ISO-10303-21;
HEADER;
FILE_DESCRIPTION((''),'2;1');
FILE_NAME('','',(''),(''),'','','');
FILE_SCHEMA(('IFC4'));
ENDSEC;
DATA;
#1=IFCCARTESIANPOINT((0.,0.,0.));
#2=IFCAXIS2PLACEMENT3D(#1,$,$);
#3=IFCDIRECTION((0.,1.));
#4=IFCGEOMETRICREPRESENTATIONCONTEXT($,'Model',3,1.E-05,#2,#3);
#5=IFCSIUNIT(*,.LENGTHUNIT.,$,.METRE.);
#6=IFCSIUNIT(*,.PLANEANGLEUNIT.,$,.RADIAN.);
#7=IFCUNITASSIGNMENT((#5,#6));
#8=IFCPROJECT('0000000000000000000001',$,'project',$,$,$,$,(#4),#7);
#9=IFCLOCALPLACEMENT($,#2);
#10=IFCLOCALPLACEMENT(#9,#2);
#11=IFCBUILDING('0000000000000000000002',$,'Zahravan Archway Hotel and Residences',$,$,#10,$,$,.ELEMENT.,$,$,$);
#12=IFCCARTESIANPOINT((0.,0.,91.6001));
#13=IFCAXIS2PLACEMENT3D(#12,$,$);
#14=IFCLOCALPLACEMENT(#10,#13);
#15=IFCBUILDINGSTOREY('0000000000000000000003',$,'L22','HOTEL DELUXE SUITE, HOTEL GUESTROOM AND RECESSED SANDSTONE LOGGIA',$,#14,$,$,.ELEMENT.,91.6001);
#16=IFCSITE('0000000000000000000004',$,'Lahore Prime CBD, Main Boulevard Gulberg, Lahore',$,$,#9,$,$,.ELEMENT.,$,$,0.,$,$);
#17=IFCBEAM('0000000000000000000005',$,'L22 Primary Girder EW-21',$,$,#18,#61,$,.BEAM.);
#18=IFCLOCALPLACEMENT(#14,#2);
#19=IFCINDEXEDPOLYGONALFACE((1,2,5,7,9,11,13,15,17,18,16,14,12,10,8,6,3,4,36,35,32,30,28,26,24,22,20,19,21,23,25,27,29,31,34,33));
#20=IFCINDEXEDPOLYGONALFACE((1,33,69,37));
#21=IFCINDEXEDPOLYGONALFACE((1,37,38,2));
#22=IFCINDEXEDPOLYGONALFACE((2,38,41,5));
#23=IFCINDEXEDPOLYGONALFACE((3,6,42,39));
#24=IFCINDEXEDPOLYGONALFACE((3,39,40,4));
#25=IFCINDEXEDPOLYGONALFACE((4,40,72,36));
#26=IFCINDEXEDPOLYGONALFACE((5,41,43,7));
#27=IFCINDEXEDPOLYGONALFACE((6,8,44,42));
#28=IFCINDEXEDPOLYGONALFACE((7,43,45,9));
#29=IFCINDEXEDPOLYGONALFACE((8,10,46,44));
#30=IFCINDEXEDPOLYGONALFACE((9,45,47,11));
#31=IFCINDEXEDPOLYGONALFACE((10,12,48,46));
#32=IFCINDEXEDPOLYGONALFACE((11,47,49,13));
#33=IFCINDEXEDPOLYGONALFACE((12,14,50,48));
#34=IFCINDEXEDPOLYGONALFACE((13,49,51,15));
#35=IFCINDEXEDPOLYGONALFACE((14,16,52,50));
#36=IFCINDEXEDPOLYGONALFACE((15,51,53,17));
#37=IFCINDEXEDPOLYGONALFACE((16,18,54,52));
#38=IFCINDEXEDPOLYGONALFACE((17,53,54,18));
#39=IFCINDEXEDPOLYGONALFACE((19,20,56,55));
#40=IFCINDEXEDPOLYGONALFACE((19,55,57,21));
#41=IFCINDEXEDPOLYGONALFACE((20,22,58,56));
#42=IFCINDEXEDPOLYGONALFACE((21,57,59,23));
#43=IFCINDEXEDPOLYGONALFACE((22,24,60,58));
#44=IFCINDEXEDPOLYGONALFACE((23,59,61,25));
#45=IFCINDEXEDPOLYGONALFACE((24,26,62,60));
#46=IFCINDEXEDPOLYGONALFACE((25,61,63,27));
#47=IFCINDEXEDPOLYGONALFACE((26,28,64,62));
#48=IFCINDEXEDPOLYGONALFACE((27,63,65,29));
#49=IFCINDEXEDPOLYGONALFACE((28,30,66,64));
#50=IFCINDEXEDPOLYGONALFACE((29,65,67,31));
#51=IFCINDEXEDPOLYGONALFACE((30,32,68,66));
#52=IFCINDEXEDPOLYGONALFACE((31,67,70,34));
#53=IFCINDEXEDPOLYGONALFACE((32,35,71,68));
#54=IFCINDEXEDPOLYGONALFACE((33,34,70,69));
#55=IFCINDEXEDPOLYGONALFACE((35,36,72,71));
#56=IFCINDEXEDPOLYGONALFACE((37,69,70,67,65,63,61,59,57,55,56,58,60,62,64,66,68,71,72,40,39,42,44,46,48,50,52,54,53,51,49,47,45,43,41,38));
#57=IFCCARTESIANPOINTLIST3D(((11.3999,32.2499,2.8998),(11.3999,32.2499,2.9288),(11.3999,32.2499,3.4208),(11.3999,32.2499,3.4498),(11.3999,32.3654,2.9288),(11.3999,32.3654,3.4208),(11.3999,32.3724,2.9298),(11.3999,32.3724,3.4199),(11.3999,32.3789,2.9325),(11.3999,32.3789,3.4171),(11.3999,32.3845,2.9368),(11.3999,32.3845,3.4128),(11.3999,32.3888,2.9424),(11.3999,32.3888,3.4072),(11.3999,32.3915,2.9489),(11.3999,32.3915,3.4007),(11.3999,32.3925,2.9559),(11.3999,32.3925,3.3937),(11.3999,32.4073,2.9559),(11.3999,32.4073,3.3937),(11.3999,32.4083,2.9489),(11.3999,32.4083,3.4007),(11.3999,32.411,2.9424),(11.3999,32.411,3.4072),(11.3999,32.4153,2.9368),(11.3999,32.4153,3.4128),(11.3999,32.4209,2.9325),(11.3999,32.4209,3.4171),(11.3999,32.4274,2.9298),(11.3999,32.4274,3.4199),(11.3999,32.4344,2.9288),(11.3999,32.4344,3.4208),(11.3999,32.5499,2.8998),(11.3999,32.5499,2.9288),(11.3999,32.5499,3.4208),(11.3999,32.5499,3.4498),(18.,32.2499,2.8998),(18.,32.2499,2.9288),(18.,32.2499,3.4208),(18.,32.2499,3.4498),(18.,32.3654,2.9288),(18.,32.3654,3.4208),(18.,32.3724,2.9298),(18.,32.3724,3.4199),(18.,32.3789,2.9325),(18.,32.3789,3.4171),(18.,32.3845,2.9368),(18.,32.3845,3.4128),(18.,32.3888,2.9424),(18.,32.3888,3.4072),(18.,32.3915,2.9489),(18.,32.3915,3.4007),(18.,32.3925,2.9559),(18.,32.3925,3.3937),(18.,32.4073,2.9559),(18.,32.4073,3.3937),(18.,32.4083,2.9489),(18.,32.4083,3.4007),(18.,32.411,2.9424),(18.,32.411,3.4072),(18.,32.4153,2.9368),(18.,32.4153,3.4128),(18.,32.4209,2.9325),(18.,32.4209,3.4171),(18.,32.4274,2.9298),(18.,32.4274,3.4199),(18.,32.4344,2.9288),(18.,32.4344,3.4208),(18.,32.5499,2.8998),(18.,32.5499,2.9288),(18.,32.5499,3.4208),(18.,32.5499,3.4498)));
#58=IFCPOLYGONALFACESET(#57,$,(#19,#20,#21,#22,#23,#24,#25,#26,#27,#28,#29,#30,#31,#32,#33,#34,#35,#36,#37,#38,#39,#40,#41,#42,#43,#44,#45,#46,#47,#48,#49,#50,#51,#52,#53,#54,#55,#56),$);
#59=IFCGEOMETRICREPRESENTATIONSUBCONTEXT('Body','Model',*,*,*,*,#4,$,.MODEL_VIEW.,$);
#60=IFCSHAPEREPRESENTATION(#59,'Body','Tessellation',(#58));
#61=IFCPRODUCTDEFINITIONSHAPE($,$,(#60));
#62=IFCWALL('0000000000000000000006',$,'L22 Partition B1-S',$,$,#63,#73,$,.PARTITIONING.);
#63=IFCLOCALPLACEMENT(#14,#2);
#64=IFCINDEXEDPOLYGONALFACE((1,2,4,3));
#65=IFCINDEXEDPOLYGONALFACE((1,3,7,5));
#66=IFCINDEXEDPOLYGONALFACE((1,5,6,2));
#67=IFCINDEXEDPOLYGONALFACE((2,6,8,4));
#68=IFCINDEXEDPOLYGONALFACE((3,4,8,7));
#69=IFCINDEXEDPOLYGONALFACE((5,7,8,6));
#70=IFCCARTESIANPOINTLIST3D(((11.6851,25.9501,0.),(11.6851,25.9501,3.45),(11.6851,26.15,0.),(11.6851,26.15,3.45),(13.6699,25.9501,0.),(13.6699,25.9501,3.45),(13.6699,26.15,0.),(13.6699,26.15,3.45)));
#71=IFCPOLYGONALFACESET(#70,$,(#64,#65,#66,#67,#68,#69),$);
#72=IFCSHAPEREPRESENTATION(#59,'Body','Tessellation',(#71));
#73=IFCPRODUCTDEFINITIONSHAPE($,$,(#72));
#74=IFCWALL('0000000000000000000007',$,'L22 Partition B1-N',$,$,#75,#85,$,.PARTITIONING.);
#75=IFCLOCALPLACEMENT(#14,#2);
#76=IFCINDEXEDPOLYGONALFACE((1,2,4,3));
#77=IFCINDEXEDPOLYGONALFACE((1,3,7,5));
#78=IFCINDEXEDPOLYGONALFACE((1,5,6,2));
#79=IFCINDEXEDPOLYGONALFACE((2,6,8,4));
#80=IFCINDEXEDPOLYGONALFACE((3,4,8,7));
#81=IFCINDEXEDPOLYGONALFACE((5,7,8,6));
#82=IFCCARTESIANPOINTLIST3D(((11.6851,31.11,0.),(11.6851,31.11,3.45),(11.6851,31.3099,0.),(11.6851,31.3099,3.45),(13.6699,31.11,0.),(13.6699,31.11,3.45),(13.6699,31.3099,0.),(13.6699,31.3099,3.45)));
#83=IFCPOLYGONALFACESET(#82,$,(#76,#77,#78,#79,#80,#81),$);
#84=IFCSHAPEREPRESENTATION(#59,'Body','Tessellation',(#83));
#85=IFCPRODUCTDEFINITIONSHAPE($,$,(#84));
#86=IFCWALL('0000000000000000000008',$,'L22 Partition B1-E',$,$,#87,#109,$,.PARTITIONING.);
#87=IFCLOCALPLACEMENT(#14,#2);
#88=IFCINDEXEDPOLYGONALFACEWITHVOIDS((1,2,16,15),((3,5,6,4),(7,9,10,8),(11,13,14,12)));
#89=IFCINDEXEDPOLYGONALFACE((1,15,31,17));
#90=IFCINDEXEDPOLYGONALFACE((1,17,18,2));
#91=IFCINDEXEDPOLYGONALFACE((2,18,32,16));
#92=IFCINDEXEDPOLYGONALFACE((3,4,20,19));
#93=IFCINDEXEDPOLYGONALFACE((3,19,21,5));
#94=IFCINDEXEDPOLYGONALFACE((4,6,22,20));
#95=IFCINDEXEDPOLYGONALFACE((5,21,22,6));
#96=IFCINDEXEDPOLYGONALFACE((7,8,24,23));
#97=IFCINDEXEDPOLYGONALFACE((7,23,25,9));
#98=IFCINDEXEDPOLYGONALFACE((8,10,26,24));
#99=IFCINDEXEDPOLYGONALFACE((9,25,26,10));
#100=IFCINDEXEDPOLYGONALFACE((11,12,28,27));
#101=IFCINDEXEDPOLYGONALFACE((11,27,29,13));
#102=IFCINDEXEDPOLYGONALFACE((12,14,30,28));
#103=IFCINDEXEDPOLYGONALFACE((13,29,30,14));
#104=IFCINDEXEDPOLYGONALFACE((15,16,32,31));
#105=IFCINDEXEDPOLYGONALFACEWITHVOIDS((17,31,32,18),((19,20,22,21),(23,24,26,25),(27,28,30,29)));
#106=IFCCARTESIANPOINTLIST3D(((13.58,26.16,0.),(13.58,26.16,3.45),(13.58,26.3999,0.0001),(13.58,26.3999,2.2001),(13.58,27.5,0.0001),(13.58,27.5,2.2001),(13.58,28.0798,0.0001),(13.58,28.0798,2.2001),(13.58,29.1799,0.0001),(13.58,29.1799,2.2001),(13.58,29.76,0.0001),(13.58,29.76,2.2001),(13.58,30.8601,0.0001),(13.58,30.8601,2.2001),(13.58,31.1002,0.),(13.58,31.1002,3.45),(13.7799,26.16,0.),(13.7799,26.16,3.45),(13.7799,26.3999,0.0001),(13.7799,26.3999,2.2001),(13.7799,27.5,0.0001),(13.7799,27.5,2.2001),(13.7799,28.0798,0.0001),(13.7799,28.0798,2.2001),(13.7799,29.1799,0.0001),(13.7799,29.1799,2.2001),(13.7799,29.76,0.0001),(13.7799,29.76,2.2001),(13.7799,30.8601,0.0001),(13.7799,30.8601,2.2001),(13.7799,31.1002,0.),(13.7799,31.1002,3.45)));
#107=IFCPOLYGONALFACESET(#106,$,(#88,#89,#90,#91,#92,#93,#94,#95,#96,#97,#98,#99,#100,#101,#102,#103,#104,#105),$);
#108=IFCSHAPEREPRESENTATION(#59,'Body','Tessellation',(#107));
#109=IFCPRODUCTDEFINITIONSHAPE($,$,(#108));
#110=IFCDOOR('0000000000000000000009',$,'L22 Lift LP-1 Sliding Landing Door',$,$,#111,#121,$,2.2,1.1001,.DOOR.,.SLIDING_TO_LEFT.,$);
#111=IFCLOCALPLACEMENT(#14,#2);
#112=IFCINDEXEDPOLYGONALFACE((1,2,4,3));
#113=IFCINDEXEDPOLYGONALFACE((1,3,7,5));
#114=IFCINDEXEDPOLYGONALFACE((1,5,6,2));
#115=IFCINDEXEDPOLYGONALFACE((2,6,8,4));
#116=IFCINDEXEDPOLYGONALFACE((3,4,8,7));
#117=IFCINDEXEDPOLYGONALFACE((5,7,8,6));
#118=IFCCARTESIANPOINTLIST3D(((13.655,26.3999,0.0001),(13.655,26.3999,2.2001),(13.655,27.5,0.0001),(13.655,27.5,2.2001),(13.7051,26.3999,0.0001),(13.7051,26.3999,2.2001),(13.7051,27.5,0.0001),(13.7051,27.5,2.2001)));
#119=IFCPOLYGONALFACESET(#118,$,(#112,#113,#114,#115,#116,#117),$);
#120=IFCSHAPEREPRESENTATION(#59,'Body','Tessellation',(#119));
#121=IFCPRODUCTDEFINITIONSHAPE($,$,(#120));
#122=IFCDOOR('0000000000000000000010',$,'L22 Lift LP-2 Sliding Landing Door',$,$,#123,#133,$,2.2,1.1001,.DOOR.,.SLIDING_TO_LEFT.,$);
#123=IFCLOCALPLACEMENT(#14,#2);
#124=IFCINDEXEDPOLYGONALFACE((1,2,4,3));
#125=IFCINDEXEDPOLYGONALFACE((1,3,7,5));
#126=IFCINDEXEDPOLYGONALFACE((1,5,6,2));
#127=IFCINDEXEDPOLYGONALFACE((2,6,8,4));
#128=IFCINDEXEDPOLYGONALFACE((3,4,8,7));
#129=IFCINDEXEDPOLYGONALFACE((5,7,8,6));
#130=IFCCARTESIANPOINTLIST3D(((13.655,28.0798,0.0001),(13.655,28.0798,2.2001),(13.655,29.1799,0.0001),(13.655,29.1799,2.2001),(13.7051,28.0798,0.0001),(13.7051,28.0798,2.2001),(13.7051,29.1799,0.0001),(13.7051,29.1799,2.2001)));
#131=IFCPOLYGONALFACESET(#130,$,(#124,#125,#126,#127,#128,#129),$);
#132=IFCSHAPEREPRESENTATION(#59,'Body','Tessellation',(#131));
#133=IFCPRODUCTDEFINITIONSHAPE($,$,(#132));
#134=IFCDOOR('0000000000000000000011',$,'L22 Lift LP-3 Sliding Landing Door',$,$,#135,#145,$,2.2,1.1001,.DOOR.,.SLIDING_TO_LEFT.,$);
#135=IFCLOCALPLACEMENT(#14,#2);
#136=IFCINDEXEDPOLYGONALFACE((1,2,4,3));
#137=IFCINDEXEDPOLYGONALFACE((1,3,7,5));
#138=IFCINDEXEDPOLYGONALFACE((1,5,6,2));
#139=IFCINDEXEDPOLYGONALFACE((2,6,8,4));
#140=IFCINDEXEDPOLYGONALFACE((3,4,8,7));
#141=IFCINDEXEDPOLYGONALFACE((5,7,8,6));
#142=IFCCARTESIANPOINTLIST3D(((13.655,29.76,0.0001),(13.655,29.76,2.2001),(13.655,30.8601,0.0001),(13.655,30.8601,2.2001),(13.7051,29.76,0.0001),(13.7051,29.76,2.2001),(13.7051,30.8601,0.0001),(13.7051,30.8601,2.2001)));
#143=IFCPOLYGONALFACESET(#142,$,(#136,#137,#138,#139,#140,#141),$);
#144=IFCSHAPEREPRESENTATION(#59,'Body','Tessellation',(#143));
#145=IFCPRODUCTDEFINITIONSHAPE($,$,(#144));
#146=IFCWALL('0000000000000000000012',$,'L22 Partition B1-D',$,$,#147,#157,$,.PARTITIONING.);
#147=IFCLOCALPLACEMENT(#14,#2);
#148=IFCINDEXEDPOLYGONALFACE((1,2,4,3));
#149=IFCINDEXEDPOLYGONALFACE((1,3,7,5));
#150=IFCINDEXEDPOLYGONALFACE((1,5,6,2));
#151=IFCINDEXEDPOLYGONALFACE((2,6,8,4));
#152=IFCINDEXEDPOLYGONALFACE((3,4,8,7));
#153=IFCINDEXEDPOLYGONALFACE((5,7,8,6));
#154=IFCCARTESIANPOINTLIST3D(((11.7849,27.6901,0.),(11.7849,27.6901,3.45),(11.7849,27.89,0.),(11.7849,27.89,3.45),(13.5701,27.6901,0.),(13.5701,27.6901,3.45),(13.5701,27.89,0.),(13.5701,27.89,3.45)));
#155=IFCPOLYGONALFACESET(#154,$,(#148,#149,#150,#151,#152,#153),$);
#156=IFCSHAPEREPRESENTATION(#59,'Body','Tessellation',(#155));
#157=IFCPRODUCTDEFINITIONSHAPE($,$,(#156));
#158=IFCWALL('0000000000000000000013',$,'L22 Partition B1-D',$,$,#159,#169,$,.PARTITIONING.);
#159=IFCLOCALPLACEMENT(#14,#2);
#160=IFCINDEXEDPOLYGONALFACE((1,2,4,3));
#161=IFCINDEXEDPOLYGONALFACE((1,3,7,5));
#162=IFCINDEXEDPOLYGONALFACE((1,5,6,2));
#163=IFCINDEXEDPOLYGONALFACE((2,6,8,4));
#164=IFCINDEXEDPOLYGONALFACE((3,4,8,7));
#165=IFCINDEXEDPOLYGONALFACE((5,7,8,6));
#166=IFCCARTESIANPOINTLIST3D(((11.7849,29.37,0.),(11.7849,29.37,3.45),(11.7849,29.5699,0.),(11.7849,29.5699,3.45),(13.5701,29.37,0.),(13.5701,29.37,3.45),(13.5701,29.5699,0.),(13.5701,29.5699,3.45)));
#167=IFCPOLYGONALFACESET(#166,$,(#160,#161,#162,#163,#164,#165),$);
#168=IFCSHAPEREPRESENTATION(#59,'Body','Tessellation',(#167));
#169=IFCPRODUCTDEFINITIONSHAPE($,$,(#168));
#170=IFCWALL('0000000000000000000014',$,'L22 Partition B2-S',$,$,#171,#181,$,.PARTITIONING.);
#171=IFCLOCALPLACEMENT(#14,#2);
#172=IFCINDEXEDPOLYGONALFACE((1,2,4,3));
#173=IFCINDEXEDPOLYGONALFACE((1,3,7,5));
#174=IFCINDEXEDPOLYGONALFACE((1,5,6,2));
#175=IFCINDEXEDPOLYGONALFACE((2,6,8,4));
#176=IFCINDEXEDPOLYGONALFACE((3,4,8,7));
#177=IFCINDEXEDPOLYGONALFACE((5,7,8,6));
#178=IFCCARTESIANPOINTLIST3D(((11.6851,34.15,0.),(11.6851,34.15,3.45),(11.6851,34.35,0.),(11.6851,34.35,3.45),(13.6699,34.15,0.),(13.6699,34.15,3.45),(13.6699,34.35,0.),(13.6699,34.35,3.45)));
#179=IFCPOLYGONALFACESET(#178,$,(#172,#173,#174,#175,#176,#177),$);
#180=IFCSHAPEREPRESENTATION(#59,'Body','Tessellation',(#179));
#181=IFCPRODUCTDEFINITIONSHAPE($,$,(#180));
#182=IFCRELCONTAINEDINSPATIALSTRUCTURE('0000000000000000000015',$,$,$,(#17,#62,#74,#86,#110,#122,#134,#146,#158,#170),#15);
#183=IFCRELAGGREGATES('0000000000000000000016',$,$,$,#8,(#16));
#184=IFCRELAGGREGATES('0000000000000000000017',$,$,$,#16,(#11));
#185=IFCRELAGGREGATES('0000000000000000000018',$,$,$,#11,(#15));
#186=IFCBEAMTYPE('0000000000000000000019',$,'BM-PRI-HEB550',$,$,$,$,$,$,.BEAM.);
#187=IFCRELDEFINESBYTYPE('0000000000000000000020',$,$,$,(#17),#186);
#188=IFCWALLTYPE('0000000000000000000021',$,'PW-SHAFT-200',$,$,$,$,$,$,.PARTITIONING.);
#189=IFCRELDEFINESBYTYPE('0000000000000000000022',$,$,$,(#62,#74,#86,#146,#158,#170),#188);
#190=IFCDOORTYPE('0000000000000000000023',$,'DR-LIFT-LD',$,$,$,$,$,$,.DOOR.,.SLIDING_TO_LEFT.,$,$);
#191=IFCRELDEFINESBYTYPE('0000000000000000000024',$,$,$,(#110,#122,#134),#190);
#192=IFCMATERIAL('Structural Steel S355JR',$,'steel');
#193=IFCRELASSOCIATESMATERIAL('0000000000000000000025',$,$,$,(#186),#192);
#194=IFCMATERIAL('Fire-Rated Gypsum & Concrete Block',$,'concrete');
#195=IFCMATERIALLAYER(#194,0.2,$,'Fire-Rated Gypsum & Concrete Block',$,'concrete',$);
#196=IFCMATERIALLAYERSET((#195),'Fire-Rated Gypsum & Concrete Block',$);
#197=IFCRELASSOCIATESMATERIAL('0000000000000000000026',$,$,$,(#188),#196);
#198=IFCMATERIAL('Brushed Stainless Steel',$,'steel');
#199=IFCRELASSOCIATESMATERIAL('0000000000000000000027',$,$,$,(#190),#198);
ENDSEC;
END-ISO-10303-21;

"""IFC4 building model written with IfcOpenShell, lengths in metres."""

from ifc_helpers import new_model, si_unit, direction, frame, frame_2d, origin, origin_2d, place, context, subcontext, project, spatial, rectangle, i_section, extrude, source, transform, mapped, material, layer, layer_set, material_profile, profile_set, type_object, type_shapes, element, fill, save


model = new_model("IFC4")

# Units and contexts
model_context = context("Model", 3, precision=1e-05, world=origin(), true_north=direction((0.0, 1.0)))
body_context = subcontext(model_context, "Body", "Model", "MODEL_VIEW")
ifc_project = project(units=[si_unit("LENGTHUNIT", "METRE"), si_unit("PLANEANGLEUNIT", "RADIAN")], contexts=[model_context])

# Site, building, storey
site_placement = place(None, origin())
site = spatial("IfcSite", under=ifc_project, at=site_placement, Name="Lahore Prime CBD, Main Boulevard Gulberg, Lahore", CompositionType="ELEMENT", RefElevation=0.0)
building_placement = place(site_placement, origin())
building = spatial("IfcBuilding", under=site, at=building_placement, Name="Zahravan Archway Hotel and Residences", CompositionType="ELEMENT")
storey_placement = place(building_placement, frame((0.0, 0.0, 91.6001)))
storey = spatial("IfcBuildingStorey", under=building, at=storey_placement, Name="L22", Description="HOTEL DELUXE SUITE, HOTEL GUESTROOM AND RECESSED SANDSTONE LOGGIA", CompositionType="ELEMENT", Elevation=91.6001)

# Beam
ifc_material_1 = material(Name="Structural Steel S355JR", Category="steel")
ifc_material_profile = material_profile(ifc_material_1, i_section(OverallWidth=0.3, OverallDepth=0.55, WebThickness=0.0149, FlangeThickness=0.0291, FilletRadius=0.0271, at=origin_2d()), Name="HEB 550", Category="steel")
ifc_profile_set = profile_set([ifc_material_profile], Name="Structural Steel S355JR")
beam_type = type_object("IfcBeamType", Name="BM-PRI-HEB550", PredefinedType="BEAM", material=ifc_profile_set)
shared_shape_1 = source(origin(), body_context, "Body", "SweptSolid", [
    extrude(i_section(OverallWidth=0.3, OverallDepth=0.55, WebThickness=0.0149, FlangeThickness=0.0291, FilletRadius=0.0271, at=origin_2d()), origin(), (0.0, 0.0, 1.0), 6.6001),
])
beam_placement = place(storey_placement, frame((11.3999, 32.3999, 3.1748), z_axis=(1.0, 0.0, 0.0), x_axis=(0.0, 1.0, 0.0)))
element("IfcBeam", 1, at=beam_placement, inside=storey, type_object=beam_type, Name="L22 Primary Girder EW-21", PredefinedType="BEAM", context=body_context, shape_type="MappedRepresentation", body=[
    mapped(shared_shape_1, transform((0.0, 0.0, 0.0), scale=1.0)),
])

# Walls
ifc_material_2 = material(Name="Fire-Rated Gypsum & Concrete Block", Category="concrete")
ifc_layer_1 = layer(ifc_material_2, 0.2, Name="Fire-Rated Gypsum & Concrete Block", Category="concrete")
ifc_layer_set_1 = layer_set([ifc_layer_1], Name="Fire-Rated Gypsum & Concrete Block")
wall_type_1 = type_object("IfcWallType", Name="PW-SHAFT-200", PredefinedType="PARTITIONING", material=ifc_layer_set_1)
for number, where, z_axis, x_axis, name in (
    (2, (11.6851, 26.05, 0.0), (0.0, 0.0, 1.0), (1.0, 0.0, 0.0), "L22 Partition B1-S"),
    (3, (11.6851, 31.21, 0.0), (0.0, 0.0, 1.0), (1.0, 0.0, 0.0), "L22 Partition B1-N"),
):
    element("IfcWall", number, at=place(storey_placement, frame(where, z_axis=z_axis, x_axis=x_axis)), inside=storey, type_object=wall_type_1, Name=name, PredefinedType="PARTITIONING", context=body_context, shape_type="SweptSolid", body=[
        extrude(rectangle(XDim=1.9849, YDim=0.2, at=frame_2d((0.9924, 0.0))), origin(), (0.0, 0.0, 1.0), 3.45),
    ])

# Wall, openings, doors
wall_1_placement = place(storey_placement, frame((13.6799, 26.1599, 0.0), z_axis=(0.0, 0.0, 1.0), x_axis=(0.0, 1.0, 0.0)))
wall_1 = element("IfcWall", 4, at=wall_1_placement, inside=storey, type_object=wall_type_1, Name="L22 Partition B1-E", PredefinedType="PARTITIONING", context=body_context, shape_type="SweptSolid", body=[
    extrude(rectangle(XDim=4.9402, YDim=0.2, at=frame_2d((2.4702, 0.0))), origin(), (0.0, 0.0, 1.0), 3.45),
])
opening_1_placement = place(wall_1_placement, frame((0.24, 0.0, 0.0)))
opening_1 = element("IfcOpeningElement", 5, at=opening_1_placement, cuts=wall_1, PredefinedType="OPENING", context=body_context, shape_type="SweptSolid", body=[
    extrude(rectangle(XDim=1.1001, YDim=2.2, at=frame_2d((0.55, 1.1001))), frame((0.0, 0.1099, 0.0), z_axis=(0.0, -1.0, 0.0), x_axis=(1.0, 0.0, 0.0)), (0.0, 0.0, 1.0), 0.22),
])
opening_2_placement = place(wall_1_placement, frame((1.9199, 0.0, 0.0)))
opening_2 = element("IfcOpeningElement", 6, at=opening_2_placement, cuts=wall_1, PredefinedType="OPENING", context=body_context, shape_type="SweptSolid", body=[
    extrude(rectangle(XDim=1.1001, YDim=2.2, at=frame_2d((0.55, 1.1001))), frame((0.0, 0.1099, 0.0), z_axis=(0.0, -1.0, 0.0), x_axis=(1.0, 0.0, 0.0)), (0.0, 0.0, 1.0), 0.22),
])
opening_3_placement = place(wall_1_placement, frame((3.6001, 0.0, 0.0)))
opening_3 = element("IfcOpeningElement", 7, at=opening_3_placement, cuts=wall_1, PredefinedType="OPENING", context=body_context, shape_type="SweptSolid", body=[
    extrude(rectangle(XDim=1.1001, YDim=2.2, at=frame_2d((0.55, 1.1001))), frame((0.0, 0.1099, 0.0), z_axis=(0.0, -1.0, 0.0), x_axis=(1.0, 0.0, 0.0)), (0.0, 0.0, 1.0), 0.22),
])
ifc_material_3 = material(Name="Brushed Stainless Steel", Category="steel")
door_type = type_object("IfcDoorType", Name="DR-LIFT-LD", OperationType="SLIDING_TO_LEFT", PredefinedType="DOOR", material=ifc_material_3)
shared_shape_2 = source(origin(), body_context, "Body", "SweptSolid", [
    extrude(rectangle(XDim=1.1001, YDim=2.2, at=frame_2d((0.55, 1.1001))), frame((0.0, 0.0249, 0.0), z_axis=(0.0, -1.0, 0.0), x_axis=(1.0, 0.0, 0.0)), (0.0, 0.0, 1.0), 0.05),
])
type_shapes(door_type, [shared_shape_2])
door_1_placement = place(opening_1_placement, origin())
door_1 = element("IfcDoor", 8, at=door_1_placement, inside=storey, type_object=door_type, Name="L22 Lift LP-1 Sliding Landing Door", OperationType="SLIDING_TO_LEFT", OverallHeight=2.2, OverallWidth=1.1001, PredefinedType="DOOR", context=body_context, shape_type="MappedRepresentation", body=[
    mapped(shared_shape_2, transform((0.0, 0.0, 0.0), scale=1.0)),
])
fill(opening_1, door_1)
door_2_placement = place(opening_2_placement, origin())
door_2 = element("IfcDoor", 9, at=door_2_placement, inside=storey, type_object=door_type, Name="L22 Lift LP-2 Sliding Landing Door", OperationType="SLIDING_TO_LEFT", OverallHeight=2.2, OverallWidth=1.1001, PredefinedType="DOOR", context=body_context, shape_type="MappedRepresentation", body=[
    mapped(shared_shape_2, transform((0.0, 0.0, 0.0), scale=1.0)),
])
fill(opening_2, door_2)
door_3_placement = place(opening_3_placement, origin())
door_3 = element("IfcDoor", 10, at=door_3_placement, inside=storey, type_object=door_type, Name="L22 Lift LP-3 Sliding Landing Door", OperationType="SLIDING_TO_LEFT", OverallHeight=2.2, OverallWidth=1.1001, PredefinedType="DOOR", context=body_context, shape_type="MappedRepresentation", body=[
    mapped(shared_shape_2, transform((0.0, 0.0, 0.0), scale=1.0)),
])
fill(opening_3, door_3)

# Walls
for number, where, z_axis, x_axis, name in (
    (11, (11.7849, 27.79, 0.0), (0.0, 0.0, 1.0), (1.0, 0.0, 0.0), "L22 Partition B1-D"),
    (12, (11.7849, 29.47, 0.0), (0.0, 0.0, 1.0), (1.0, 0.0, 0.0), "L22 Partition B1-D"),
):
    element("IfcWall", number, at=place(storey_placement, frame(where, z_axis=z_axis, x_axis=x_axis)), inside=storey, type_object=wall_type_1, Name=name, PredefinedType="PARTITIONING", context=body_context, shape_type="SweptSolid", body=[
        extrude(rectangle(XDim=1.7852, YDim=0.2, at=frame_2d((0.8926, 0.0))), origin(), (0.0, 0.0, 1.0), 3.45),
    ])
wall_2_placement = place(storey_placement, frame((11.6851, 34.25, 0.0), z_axis=(0.0, 0.0, 1.0), x_axis=(1.0, 0.0, 0.0)))
element("IfcWall", 13, at=wall_2_placement, inside=storey, type_object=wall_type_1, Name="L22 Partition B2-S", PredefinedType="PARTITIONING", context=body_context, shape_type="SweptSolid", body=[
    extrude(rectangle(XDim=1.9849, YDim=0.2, at=frame_2d((0.9924, 0.0))), origin(), (0.0, 0.0, 1.0), 3.45),
])

save(model, "model.ifc")
